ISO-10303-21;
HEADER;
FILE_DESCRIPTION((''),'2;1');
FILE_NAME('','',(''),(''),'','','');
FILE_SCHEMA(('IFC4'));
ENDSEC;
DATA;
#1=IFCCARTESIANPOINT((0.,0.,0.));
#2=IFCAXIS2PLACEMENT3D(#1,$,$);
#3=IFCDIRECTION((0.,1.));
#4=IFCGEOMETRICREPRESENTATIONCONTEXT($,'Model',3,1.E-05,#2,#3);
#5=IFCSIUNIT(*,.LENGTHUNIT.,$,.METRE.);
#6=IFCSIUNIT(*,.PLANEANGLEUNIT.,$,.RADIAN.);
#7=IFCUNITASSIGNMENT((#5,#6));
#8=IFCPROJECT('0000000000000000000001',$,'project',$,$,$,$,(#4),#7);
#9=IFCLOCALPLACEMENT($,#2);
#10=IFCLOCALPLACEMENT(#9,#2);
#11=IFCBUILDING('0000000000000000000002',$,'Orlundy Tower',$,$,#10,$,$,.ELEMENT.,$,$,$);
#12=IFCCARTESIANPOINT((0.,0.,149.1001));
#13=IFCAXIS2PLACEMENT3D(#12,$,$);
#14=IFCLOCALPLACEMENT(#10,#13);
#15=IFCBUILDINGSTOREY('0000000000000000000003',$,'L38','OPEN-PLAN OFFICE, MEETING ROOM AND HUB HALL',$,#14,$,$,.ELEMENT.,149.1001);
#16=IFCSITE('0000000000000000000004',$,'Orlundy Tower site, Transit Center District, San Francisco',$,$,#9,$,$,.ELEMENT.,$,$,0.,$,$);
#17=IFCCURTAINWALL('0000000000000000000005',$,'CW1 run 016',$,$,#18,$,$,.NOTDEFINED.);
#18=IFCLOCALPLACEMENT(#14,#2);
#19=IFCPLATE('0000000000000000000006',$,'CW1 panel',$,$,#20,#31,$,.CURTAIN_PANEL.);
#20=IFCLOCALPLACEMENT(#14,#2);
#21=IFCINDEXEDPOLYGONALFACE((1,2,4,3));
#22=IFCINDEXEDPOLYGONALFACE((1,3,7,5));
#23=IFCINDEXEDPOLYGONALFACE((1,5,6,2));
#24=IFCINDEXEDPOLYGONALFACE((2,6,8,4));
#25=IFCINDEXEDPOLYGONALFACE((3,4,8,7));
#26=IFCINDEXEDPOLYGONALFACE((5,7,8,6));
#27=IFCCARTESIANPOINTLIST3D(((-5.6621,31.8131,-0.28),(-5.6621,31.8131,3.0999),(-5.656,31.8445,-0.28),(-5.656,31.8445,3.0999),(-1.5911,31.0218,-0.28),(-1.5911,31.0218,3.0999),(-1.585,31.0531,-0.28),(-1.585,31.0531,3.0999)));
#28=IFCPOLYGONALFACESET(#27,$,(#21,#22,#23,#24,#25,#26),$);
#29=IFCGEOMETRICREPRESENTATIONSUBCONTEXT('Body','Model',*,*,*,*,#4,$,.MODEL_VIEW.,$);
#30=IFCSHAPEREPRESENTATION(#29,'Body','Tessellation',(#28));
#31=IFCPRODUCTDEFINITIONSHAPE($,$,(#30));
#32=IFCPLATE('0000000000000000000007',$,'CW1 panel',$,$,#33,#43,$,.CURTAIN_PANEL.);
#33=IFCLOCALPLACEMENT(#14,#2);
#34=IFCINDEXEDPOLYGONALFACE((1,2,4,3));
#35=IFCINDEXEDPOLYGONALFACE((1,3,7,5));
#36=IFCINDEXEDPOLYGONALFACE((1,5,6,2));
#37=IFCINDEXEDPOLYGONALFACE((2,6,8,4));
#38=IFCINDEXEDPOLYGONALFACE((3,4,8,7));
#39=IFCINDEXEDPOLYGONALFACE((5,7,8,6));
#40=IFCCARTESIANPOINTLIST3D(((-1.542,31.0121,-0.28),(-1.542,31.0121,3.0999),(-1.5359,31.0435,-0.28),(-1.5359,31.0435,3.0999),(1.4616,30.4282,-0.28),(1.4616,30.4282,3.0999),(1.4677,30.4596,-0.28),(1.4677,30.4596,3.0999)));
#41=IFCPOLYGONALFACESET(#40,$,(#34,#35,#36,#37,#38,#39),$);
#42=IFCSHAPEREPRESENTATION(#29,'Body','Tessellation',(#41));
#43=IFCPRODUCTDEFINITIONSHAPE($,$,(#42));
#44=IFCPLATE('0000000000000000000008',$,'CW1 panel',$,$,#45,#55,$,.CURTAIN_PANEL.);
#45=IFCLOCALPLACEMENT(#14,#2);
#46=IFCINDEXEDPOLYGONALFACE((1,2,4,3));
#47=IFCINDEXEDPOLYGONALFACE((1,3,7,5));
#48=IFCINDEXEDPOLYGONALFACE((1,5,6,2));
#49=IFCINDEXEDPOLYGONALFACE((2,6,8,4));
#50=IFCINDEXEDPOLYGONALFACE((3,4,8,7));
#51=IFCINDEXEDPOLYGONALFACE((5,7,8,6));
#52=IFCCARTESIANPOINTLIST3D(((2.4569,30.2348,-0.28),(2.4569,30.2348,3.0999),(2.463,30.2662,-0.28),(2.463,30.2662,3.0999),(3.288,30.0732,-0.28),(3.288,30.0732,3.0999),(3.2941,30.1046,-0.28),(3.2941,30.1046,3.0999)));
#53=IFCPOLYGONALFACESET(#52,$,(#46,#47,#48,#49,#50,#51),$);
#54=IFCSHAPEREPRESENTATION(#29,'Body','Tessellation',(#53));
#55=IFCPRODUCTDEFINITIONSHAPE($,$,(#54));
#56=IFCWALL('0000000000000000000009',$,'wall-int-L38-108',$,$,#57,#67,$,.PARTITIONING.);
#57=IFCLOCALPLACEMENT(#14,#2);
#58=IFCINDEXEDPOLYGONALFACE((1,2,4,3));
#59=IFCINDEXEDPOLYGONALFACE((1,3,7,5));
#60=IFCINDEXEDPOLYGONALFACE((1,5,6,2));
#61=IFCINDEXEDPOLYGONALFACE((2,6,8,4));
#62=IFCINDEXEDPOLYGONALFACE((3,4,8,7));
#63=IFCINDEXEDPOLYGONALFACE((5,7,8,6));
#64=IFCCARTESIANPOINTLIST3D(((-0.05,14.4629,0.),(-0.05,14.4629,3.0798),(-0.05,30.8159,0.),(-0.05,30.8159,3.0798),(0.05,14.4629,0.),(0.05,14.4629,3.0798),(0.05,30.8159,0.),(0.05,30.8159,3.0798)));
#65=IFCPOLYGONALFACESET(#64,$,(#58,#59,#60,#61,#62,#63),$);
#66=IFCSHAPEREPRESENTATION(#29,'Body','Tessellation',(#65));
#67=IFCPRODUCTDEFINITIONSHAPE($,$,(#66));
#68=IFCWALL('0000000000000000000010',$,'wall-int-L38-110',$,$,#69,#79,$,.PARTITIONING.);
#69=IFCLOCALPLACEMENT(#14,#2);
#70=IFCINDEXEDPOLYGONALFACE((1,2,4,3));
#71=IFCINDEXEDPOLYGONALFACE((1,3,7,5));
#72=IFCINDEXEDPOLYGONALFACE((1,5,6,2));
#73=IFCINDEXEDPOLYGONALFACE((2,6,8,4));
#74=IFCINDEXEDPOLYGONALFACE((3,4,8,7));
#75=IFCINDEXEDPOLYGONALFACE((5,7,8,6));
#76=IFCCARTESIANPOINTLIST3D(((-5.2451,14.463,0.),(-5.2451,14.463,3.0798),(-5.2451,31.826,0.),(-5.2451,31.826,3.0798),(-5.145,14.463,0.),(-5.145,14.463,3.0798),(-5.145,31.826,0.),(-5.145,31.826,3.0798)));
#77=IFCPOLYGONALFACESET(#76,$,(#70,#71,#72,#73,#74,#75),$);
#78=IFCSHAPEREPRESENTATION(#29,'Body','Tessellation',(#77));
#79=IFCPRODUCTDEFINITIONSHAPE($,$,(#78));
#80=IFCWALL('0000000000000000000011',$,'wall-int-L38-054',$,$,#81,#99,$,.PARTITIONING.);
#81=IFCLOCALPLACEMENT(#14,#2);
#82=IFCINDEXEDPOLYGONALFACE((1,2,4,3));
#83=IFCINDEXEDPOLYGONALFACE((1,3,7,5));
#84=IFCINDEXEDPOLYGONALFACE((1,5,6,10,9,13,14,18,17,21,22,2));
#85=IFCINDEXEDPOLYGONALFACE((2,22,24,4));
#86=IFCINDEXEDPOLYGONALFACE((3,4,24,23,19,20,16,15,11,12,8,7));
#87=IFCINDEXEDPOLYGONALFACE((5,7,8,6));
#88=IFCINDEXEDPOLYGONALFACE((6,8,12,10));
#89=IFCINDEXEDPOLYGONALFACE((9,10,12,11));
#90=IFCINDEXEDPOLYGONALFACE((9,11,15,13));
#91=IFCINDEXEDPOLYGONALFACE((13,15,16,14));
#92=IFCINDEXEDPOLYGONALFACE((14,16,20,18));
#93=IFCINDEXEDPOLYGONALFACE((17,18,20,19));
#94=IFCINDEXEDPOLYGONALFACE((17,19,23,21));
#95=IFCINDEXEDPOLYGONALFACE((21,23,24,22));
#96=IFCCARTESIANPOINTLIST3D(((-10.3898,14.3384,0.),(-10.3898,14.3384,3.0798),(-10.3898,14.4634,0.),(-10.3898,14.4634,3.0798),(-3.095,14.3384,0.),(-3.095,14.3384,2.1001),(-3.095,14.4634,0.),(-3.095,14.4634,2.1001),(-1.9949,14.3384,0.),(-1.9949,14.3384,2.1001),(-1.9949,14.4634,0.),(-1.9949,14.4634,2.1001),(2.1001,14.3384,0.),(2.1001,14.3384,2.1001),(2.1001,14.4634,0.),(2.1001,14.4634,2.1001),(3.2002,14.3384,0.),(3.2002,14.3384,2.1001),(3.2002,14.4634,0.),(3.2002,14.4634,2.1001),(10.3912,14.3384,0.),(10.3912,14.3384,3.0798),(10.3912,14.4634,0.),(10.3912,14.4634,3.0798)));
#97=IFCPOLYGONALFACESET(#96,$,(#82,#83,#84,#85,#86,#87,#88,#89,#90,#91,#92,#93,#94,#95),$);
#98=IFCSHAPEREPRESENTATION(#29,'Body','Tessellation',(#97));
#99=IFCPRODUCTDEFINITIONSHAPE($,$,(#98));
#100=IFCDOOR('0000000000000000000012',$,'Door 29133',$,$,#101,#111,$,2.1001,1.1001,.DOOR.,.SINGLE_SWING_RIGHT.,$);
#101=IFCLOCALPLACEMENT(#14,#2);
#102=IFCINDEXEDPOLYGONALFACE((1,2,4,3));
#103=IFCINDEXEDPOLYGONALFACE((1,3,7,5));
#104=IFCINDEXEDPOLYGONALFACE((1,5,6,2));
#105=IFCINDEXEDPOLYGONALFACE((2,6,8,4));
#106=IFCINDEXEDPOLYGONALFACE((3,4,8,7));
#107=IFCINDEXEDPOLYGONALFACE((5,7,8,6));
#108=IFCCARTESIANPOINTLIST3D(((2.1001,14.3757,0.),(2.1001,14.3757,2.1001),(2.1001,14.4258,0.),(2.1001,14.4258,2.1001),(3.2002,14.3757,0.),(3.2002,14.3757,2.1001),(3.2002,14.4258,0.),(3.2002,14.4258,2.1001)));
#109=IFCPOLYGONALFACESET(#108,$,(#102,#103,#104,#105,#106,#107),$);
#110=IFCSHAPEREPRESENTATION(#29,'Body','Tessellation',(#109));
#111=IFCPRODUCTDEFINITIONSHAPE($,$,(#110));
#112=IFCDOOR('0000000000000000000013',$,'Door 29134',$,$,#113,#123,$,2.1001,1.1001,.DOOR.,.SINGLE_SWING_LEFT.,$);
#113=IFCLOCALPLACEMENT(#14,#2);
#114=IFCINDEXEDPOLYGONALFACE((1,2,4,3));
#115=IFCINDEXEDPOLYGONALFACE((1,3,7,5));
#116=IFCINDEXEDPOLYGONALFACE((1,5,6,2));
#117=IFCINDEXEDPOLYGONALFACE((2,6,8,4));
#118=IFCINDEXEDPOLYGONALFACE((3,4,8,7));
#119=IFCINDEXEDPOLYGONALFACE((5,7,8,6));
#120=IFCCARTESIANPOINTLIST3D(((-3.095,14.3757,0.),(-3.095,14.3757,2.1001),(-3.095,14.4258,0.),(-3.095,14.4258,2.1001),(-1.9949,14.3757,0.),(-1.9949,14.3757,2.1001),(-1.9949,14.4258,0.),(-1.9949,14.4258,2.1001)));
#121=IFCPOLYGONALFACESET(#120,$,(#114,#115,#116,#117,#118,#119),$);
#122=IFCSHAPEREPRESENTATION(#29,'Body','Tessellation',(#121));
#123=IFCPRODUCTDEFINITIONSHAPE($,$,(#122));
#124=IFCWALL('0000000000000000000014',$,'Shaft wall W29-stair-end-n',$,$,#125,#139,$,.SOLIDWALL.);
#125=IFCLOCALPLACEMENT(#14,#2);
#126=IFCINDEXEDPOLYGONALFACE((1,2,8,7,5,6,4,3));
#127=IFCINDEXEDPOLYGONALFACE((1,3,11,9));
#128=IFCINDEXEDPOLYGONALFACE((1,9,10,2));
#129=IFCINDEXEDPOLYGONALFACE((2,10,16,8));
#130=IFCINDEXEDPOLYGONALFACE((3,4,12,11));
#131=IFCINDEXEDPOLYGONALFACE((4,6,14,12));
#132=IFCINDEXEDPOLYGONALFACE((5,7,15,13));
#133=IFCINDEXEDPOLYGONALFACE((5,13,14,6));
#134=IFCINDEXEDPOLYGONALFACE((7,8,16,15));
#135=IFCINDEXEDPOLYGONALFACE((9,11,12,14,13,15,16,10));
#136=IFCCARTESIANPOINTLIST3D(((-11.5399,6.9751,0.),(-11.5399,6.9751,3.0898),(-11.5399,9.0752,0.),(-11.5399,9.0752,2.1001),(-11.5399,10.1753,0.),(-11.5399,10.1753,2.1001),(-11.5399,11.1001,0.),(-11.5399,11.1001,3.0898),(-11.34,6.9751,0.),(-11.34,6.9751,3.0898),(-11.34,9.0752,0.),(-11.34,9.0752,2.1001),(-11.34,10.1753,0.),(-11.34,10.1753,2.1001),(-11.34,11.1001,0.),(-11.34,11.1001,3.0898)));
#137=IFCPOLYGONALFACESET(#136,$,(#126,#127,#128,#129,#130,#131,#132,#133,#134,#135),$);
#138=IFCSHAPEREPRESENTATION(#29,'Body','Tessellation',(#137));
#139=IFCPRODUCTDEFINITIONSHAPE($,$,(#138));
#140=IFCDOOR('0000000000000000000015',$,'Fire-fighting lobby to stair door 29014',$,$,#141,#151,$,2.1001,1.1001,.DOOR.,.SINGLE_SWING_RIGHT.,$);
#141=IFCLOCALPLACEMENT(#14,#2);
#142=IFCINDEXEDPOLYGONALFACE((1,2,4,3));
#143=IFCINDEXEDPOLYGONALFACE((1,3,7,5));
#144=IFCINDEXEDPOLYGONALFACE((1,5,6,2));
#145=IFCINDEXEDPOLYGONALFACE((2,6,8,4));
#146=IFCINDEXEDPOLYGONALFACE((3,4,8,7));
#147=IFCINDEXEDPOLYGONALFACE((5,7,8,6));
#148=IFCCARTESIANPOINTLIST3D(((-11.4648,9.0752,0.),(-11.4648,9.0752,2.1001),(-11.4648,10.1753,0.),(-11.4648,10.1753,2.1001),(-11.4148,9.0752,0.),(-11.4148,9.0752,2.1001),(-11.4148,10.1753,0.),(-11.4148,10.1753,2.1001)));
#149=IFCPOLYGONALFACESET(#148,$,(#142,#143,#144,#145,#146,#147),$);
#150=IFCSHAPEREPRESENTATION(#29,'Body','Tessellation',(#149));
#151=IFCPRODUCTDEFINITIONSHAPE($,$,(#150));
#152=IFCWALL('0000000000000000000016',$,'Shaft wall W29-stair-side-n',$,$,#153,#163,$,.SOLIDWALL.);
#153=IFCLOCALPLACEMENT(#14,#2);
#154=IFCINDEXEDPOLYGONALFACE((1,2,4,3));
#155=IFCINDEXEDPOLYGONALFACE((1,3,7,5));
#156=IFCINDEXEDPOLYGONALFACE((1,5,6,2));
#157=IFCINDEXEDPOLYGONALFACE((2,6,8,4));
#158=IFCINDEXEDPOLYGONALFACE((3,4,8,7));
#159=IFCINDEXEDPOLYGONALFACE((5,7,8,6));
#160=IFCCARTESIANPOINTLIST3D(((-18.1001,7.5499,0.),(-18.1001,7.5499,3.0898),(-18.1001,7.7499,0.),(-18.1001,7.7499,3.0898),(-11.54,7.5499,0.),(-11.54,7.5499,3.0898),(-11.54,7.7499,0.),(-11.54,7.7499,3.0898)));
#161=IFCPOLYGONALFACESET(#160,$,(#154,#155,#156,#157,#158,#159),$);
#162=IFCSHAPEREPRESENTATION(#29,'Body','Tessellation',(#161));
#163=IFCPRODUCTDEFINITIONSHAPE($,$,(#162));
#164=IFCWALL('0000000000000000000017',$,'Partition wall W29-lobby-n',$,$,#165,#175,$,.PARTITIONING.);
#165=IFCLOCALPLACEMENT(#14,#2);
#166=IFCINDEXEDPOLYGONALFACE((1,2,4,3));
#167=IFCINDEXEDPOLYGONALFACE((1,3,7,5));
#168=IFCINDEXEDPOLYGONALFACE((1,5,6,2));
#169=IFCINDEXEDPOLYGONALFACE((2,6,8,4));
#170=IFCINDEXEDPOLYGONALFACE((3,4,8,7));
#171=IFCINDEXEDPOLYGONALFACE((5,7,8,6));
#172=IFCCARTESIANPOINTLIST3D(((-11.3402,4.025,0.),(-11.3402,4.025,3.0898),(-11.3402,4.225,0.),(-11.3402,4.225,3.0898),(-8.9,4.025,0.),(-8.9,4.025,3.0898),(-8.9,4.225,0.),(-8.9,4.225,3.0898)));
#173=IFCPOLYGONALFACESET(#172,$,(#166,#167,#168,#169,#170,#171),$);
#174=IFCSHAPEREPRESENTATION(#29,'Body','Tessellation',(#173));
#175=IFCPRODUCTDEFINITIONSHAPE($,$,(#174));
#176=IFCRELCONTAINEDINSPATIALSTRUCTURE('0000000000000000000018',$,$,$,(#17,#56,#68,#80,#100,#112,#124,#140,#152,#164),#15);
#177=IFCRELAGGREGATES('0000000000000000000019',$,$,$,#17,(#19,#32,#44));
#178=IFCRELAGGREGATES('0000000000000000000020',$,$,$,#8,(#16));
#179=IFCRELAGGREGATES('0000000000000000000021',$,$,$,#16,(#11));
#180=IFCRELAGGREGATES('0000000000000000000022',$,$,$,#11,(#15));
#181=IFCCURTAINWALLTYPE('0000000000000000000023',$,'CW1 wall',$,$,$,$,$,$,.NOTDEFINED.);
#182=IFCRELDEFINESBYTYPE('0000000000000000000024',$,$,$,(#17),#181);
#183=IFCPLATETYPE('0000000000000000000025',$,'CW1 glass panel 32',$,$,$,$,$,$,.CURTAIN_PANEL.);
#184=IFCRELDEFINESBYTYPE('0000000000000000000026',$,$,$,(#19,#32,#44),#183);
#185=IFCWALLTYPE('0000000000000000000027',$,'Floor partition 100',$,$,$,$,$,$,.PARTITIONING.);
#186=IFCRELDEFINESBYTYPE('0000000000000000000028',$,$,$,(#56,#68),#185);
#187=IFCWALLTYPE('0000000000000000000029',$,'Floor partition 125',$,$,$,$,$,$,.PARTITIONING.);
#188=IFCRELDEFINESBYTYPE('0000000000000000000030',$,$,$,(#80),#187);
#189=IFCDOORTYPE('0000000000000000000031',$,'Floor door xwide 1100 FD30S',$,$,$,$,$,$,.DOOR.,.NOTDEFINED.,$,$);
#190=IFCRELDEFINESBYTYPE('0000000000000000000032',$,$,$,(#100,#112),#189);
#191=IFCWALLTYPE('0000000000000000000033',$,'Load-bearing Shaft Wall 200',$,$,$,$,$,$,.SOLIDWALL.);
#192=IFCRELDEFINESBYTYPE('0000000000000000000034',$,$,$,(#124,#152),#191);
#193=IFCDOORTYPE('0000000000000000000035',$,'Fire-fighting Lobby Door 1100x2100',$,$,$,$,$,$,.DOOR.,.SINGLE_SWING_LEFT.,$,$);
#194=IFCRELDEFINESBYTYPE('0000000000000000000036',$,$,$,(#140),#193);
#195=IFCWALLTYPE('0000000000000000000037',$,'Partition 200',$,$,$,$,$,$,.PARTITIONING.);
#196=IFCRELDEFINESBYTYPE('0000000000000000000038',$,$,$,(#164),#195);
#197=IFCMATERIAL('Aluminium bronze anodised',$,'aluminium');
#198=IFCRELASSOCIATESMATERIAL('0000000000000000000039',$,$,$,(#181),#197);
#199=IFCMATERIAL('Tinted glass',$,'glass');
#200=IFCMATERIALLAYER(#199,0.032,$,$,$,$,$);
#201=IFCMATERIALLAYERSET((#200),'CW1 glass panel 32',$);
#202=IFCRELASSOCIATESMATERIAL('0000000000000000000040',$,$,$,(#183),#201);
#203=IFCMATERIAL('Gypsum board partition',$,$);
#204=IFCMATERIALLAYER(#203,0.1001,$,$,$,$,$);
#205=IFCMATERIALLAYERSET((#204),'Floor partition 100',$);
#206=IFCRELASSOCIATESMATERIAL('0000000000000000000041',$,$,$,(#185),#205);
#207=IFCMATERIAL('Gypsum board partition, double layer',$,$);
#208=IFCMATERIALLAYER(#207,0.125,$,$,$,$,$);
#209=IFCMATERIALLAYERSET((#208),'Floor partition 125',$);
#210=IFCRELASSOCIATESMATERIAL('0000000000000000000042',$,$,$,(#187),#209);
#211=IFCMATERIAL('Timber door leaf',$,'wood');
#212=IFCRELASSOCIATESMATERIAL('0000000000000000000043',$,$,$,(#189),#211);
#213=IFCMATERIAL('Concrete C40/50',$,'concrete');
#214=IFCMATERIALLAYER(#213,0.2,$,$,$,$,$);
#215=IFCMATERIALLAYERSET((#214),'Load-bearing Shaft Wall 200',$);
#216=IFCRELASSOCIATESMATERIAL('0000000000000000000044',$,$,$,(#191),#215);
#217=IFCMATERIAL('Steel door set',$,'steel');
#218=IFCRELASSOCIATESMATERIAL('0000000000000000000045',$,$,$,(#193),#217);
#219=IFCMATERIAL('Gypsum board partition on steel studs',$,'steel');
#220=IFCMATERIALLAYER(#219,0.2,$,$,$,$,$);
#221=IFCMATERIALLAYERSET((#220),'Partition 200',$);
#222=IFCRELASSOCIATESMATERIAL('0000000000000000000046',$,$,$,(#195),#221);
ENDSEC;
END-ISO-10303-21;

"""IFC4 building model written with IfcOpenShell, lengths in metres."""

from ifc_helpers import new_model, si_unit, direction, frame, frame_2d, origin, origin_2d, place, context, subcontext, project, spatial, rectangle, extrude, material, layer, layer_set, type_object, element, fill, aggregate, save


model = new_model("IFC4")

# Units and contexts
model_context = context("Model", 3, precision=1e-05, world=origin(), true_north=direction((0.0, 1.0)))
body_context = subcontext(model_context, "Body", "Model", "MODEL_VIEW")
ifc_project = project(units=[si_unit("LENGTHUNIT", "METRE"), si_unit("PLANEANGLEUNIT", "RADIAN")], contexts=[model_context])

# Site, building, storey
site_placement = place(None, origin())
site = spatial("IfcSite", under=ifc_project, at=site_placement, Name="Orlundy Tower site, Transit Center District, San Francisco", CompositionType="ELEMENT", RefElevation=0.0)
building_placement = place(site_placement, origin())
building = spatial("IfcBuilding", under=site, at=building_placement, Name="Orlundy Tower", CompositionType="ELEMENT")
storey_placement = place(building_placement, frame((0.0, 0.0, 149.1001)))
storey = spatial("IfcBuildingStorey", under=building, at=storey_placement, Name="L38", Description="OPEN-PLAN OFFICE, MEETING ROOM AND HUB HALL", CompositionType="ELEMENT", Elevation=149.1001)

# Curtain wall
ifc_material_1 = material(Name="Aluminium bronze anodised", Category="aluminium")
curtain_wall_type = type_object("IfcCurtainWallType", Name="CW1 wall", PredefinedType="NOTDEFINED", material=ifc_material_1)
curtain_wall_1_placement = place(storey_placement, origin())
curtain_wall_1 = element("IfcCurtainWall", 1, at=curtain_wall_1_placement, inside=storey, type_object=curtain_wall_type, Name="CW1 run 016", PredefinedType="NOTDEFINED")

# Plates
ifc_material_2 = material(Name="Tinted glass", Category="glass")
ifc_layer_1 = layer(ifc_material_2, 0.032)
ifc_layer_set_1 = layer_set([ifc_layer_1], Name="CW1 glass panel 32")
plate_type = type_object("IfcPlateType", Name="CW1 glass panel 32", PredefinedType="CURTAIN_PANEL", material=ifc_layer_set_1)
plate_1_placement = place(storey_placement, frame((-3.6235, 31.4331, -0.28), z_axis=(0.0, 0.0, 1.0), x_axis=(0.981628, -0.190805, 0.0)))
plate_1 = element("IfcPlate", 2, at=plate_1_placement, type_object=plate_type, Name="CW1 panel", PredefinedType="CURTAIN_PANEL", context=body_context, shape_type="SweptSolid", body=[
    extrude(rectangle(XDim=4.1472, YDim=0.032, at=origin_2d()), origin(), (0.0, 0.0, 1.0), 3.3799),
])
plate_2_placement = place(storey_placement, frame((-0.0371, 30.7358, -0.28), z_axis=(0.0, 0.0, 1.0), x_axis=(0.981628, -0.190805, 0.0)))
plate_2 = element("IfcPlate", 3, at=plate_2_placement, type_object=plate_type, Name="CW1 panel", PredefinedType="CURTAIN_PANEL", context=body_context, shape_type="SweptSolid", body=[
    extrude(rectangle(XDim=3.0598, YDim=0.032, at=origin_2d()), origin(), (0.0, 0.0, 1.0), 3.3799),
])
plate_3_placement = place(storey_placement, frame((2.8755, 30.1697, -0.28), z_axis=(0.0, 0.0, 1.0), x_axis=(0.981628, -0.190805, 0.0)))
plate_3 = element("IfcPlate", 4, at=plate_3_placement, type_object=plate_type, Name="CW1 panel", PredefinedType="CURTAIN_PANEL", context=body_context, shape_type="SweptSolid", body=[
    extrude(rectangle(XDim=0.8467, YDim=0.032, at=origin_2d()), origin(), (0.0, 0.0, 1.0), 3.3799),
])
aggregate(curtain_wall_1, [plate_1, plate_2, plate_3])

# Walls
ifc_material_3 = material(Name="Gypsum board partition")
ifc_layer_2 = layer(ifc_material_3, 0.1001)
ifc_layer_set_2 = layer_set([ifc_layer_2], Name="Floor partition 100")
wall_type_1 = type_object("IfcWallType", Name="Floor partition 100", PredefinedType="PARTITIONING", material=ifc_layer_set_2)
wall_1_placement = place(storey_placement, frame((0.0, 14.4629, 0.0), z_axis=(0.0, 0.0, 1.0), x_axis=(0.0, 1.0, 0.0)))
element("IfcWall", 5, at=wall_1_placement, inside=storey, type_object=wall_type_1, Name="wall-int-L38-108", PredefinedType="PARTITIONING", context=body_context, shape_type="SweptSolid", body=[
    extrude(rectangle(XDim=16.353, YDim=0.1001, at=frame_2d((8.1765, 0.0))), origin(), (0.0, 0.0, 1.0), 3.0798),
])
wall_2_placement = place(storey_placement, frame((-5.1951, 14.4629, 0.0), z_axis=(0.0, 0.0, 1.0), x_axis=(0.0, 1.0, 0.0)))
element("IfcWall", 6, at=wall_2_placement, inside=storey, type_object=wall_type_1, Name="wall-int-L38-110", PredefinedType="PARTITIONING", context=body_context, shape_type="SweptSolid", body=[
    extrude(rectangle(XDim=17.363, YDim=0.1001, at=frame_2d((8.6816, 0.0))), origin(), (0.0, 0.0, 1.0), 3.0798),
])

# Wall, openings, doors
ifc_material_4 = material(Name="Gypsum board partition, double layer")
ifc_layer_3 = layer(ifc_material_4, 0.125)
ifc_layer_set_3 = layer_set([ifc_layer_3], Name="Floor partition 125")
wall_type_2 = type_object("IfcWallType", Name="Floor partition 125", PredefinedType="PARTITIONING", material=ifc_layer_set_3)
wall_3_placement = place(storey_placement, frame((-10.3899, 14.4009, 0.0), z_axis=(0.0, 0.0, 1.0), x_axis=(1.0, 0.0, 0.0)))
wall_3 = element("IfcWall", 7, at=wall_3_placement, inside=storey, type_object=wall_type_2, Name="wall-int-L38-054", PredefinedType="PARTITIONING", context=body_context, shape_type="SweptSolid", body=[
    extrude(rectangle(XDim=20.781, YDim=0.125, at=frame_2d((10.3906, 0.0))), origin(), (0.0, 0.0, 1.0), 3.0798),
])
opening_1_placement = place(wall_3_placement, frame((12.49, 0.0, 0.0)))
opening_1 = element("IfcOpeningElement", 8, at=opening_1_placement, cuts=wall_3, PredefinedType="OPENING", context=body_context, shape_type="SweptSolid", body=[
    extrude(rectangle(XDim=1.1001, YDim=2.1001, at=frame_2d((0.55, 1.05))), frame((0.0, 0.0725, 0.0), z_axis=(0.0, -1.0, 0.0), x_axis=(1.0, 0.0, 0.0)), (0.0, 0.0, 1.0), 0.145),
])
opening_2_placement = place(wall_3_placement, frame((7.2949, 0.0, 0.0)))
opening_2 = element("IfcOpeningElement", 9, at=opening_2_placement, cuts=wall_3, PredefinedType="OPENING", context=body_context, shape_type="SweptSolid", body=[
    extrude(rectangle(XDim=1.1001, YDim=2.1001, at=frame_2d((0.55, 1.05))), frame((0.0, 0.0725, 0.0), z_axis=(0.0, -1.0, 0.0), x_axis=(1.0, 0.0, 0.0)), (0.0, 0.0, 1.0), 0.145),
])
ifc_material_5 = material(Name="Timber door leaf", Category="wood")
door_type_1 = type_object("IfcDoorType", Name="Floor door xwide 1100 FD30S", OperationType="NOTDEFINED", PredefinedType="DOOR", material=ifc_material_5)
door_1_placement = place(opening_1_placement, origin())
door_1 = element("IfcDoor", 10, at=door_1_placement, inside=storey, type_object=door_type_1, Name="Door 29133", OperationType="SINGLE_SWING_RIGHT", OverallHeight=2.1001, OverallWidth=1.1001, PredefinedType="DOOR", context=body_context, shape_type="SweptSolid", body=[
    extrude(rectangle(XDim=1.1001, YDim=2.1001, at=frame_2d((0.55, 1.05))), frame((0.0, 0.0249, 0.0), z_axis=(0.0, -1.0, 0.0), x_axis=(1.0, 0.0, 0.0)), (0.0, 0.0, 1.0), 0.05),
])
fill(opening_1, door_1)
door_2_placement = place(opening_2_placement, origin())
door_2 = element("IfcDoor", 11, at=door_2_placement, inside=storey, type_object=door_type_1, Name="Door 29134", OperationType="SINGLE_SWING_LEFT", OverallHeight=2.1001, OverallWidth=1.1001, PredefinedType="DOOR", context=body_context, shape_type="SweptSolid", body=[
    extrude(rectangle(XDim=1.1001, YDim=2.1001, at=frame_2d((0.55, 1.05))), frame((0.0, 0.0249, 0.0), z_axis=(0.0, -1.0, 0.0), x_axis=(1.0, 0.0, 0.0)), (0.0, 0.0, 1.0), 0.05),
])
fill(opening_2, door_2)

# Wall, opening, door
ifc_material_6 = material(Name="Concrete C40/50", Category="concrete")
ifc_layer_4 = layer(ifc_material_6, 0.2)
ifc_layer_set_4 = layer_set([ifc_layer_4], Name="Load-bearing Shaft Wall 200")
wall_type_3 = type_object("IfcWallType", Name="Load-bearing Shaft Wall 200", PredefinedType="SOLIDWALL", material=ifc_layer_set_4)
wall_4_placement = place(storey_placement, frame((-11.4399, 6.9751, 0.0), z_axis=(0.0, 0.0, 1.0), x_axis=(0.0, 1.0, 0.0)))
wall_4 = element("IfcWall", 12, at=wall_4_placement, inside=storey, type_object=wall_type_3, Name="Shaft wall W29-stair-end-n", PredefinedType="SOLIDWALL", context=body_context, shape_type="SweptSolid", body=[
    extrude(rectangle(XDim=4.125, YDim=0.2, at=frame_2d((2.0625, 0.0))), origin(), (0.0, 0.0, 1.0), 3.0898),
])
opening_3_placement = place(wall_4_placement, frame((2.1001, 0.0, 0.0)))
opening_3 = element("IfcOpeningElement", 13, at=opening_3_placement, cuts=wall_4, PredefinedType="OPENING", context=body_context, shape_type="SweptSolid", body=[
    extrude(rectangle(XDim=1.1001, YDim=2.1001, at=frame_2d((0.55, 1.05))), frame((0.0, 0.1101, 0.0), z_axis=(0.0, -1.0, 0.0), x_axis=(1.0, 0.0, 0.0)), (0.0, 0.0, 1.0), 0.2202),
])
ifc_material_7 = material(Name="Steel door set", Category="steel")
door_type_2 = type_object("IfcDoorType", Name="Fire-fighting Lobby Door 1100x2100", OperationType="SINGLE_SWING_LEFT", PredefinedType="DOOR", material=ifc_material_7)
door_3_placement = place(opening_3_placement, origin())
door_3 = element("IfcDoor", 14, at=door_3_placement, inside=storey, type_object=door_type_2, Name="Fire-fighting lobby to stair door 29014", OperationType="SINGLE_SWING_RIGHT", OverallHeight=2.1001, OverallWidth=1.1001, PredefinedType="DOOR", context=body_context, shape_type="SweptSolid", body=[
    extrude(rectangle(XDim=1.1001, YDim=2.1001, at=frame_2d((0.55, 1.05))), frame((0.0, 0.0249, 0.0), z_axis=(0.0, -1.0, 0.0), x_axis=(1.0, 0.0, 0.0)), (0.0, 0.0, 1.0), 0.05),
])
fill(opening_3, door_3)

# Walls
wall_5_placement = place(storey_placement, frame((-11.54, 7.6499, 0.0), z_axis=(0.0, 0.0, 1.0), x_axis=(-1.0, 0.0, 0.0)))
element("IfcWall", 15, at=wall_5_placement, inside=storey, type_object=wall_type_3, Name="Shaft wall W29-stair-side-n", PredefinedType="SOLIDWALL", context=body_context, shape_type="SweptSolid", body=[
    extrude(rectangle(XDim=6.5601, YDim=0.2, at=frame_2d((3.28, 0.0))), origin(), (0.0, 0.0, 1.0), 3.0898),
])
ifc_material_8 = material(Name="Gypsum board partition on steel studs", Category="steel")
ifc_layer_5 = layer(ifc_material_8, 0.2)
ifc_layer_set_5 = layer_set([ifc_layer_5], Name="Partition 200")
wall_type_4 = type_object("IfcWallType", Name="Partition 200", PredefinedType="PARTITIONING", material=ifc_layer_set_5)
wall_6_placement = place(storey_placement, frame((-8.8999, 4.125, 0.0), z_axis=(0.0, 0.0, 1.0), x_axis=(-1.0, 0.0, 0.0)))
element("IfcWall", 16, at=wall_6_placement, inside=storey, type_object=wall_type_4, Name="Partition wall W29-lobby-n", PredefinedType="PARTITIONING", context=body_context, shape_type="SweptSolid", body=[
    extrude(rectangle(XDim=2.4402, YDim=0.2, at=frame_2d((1.2202, 0.0))), origin(), (0.0, 0.0, 1.0), 3.0898),
])

save(model, "model.ifc")
